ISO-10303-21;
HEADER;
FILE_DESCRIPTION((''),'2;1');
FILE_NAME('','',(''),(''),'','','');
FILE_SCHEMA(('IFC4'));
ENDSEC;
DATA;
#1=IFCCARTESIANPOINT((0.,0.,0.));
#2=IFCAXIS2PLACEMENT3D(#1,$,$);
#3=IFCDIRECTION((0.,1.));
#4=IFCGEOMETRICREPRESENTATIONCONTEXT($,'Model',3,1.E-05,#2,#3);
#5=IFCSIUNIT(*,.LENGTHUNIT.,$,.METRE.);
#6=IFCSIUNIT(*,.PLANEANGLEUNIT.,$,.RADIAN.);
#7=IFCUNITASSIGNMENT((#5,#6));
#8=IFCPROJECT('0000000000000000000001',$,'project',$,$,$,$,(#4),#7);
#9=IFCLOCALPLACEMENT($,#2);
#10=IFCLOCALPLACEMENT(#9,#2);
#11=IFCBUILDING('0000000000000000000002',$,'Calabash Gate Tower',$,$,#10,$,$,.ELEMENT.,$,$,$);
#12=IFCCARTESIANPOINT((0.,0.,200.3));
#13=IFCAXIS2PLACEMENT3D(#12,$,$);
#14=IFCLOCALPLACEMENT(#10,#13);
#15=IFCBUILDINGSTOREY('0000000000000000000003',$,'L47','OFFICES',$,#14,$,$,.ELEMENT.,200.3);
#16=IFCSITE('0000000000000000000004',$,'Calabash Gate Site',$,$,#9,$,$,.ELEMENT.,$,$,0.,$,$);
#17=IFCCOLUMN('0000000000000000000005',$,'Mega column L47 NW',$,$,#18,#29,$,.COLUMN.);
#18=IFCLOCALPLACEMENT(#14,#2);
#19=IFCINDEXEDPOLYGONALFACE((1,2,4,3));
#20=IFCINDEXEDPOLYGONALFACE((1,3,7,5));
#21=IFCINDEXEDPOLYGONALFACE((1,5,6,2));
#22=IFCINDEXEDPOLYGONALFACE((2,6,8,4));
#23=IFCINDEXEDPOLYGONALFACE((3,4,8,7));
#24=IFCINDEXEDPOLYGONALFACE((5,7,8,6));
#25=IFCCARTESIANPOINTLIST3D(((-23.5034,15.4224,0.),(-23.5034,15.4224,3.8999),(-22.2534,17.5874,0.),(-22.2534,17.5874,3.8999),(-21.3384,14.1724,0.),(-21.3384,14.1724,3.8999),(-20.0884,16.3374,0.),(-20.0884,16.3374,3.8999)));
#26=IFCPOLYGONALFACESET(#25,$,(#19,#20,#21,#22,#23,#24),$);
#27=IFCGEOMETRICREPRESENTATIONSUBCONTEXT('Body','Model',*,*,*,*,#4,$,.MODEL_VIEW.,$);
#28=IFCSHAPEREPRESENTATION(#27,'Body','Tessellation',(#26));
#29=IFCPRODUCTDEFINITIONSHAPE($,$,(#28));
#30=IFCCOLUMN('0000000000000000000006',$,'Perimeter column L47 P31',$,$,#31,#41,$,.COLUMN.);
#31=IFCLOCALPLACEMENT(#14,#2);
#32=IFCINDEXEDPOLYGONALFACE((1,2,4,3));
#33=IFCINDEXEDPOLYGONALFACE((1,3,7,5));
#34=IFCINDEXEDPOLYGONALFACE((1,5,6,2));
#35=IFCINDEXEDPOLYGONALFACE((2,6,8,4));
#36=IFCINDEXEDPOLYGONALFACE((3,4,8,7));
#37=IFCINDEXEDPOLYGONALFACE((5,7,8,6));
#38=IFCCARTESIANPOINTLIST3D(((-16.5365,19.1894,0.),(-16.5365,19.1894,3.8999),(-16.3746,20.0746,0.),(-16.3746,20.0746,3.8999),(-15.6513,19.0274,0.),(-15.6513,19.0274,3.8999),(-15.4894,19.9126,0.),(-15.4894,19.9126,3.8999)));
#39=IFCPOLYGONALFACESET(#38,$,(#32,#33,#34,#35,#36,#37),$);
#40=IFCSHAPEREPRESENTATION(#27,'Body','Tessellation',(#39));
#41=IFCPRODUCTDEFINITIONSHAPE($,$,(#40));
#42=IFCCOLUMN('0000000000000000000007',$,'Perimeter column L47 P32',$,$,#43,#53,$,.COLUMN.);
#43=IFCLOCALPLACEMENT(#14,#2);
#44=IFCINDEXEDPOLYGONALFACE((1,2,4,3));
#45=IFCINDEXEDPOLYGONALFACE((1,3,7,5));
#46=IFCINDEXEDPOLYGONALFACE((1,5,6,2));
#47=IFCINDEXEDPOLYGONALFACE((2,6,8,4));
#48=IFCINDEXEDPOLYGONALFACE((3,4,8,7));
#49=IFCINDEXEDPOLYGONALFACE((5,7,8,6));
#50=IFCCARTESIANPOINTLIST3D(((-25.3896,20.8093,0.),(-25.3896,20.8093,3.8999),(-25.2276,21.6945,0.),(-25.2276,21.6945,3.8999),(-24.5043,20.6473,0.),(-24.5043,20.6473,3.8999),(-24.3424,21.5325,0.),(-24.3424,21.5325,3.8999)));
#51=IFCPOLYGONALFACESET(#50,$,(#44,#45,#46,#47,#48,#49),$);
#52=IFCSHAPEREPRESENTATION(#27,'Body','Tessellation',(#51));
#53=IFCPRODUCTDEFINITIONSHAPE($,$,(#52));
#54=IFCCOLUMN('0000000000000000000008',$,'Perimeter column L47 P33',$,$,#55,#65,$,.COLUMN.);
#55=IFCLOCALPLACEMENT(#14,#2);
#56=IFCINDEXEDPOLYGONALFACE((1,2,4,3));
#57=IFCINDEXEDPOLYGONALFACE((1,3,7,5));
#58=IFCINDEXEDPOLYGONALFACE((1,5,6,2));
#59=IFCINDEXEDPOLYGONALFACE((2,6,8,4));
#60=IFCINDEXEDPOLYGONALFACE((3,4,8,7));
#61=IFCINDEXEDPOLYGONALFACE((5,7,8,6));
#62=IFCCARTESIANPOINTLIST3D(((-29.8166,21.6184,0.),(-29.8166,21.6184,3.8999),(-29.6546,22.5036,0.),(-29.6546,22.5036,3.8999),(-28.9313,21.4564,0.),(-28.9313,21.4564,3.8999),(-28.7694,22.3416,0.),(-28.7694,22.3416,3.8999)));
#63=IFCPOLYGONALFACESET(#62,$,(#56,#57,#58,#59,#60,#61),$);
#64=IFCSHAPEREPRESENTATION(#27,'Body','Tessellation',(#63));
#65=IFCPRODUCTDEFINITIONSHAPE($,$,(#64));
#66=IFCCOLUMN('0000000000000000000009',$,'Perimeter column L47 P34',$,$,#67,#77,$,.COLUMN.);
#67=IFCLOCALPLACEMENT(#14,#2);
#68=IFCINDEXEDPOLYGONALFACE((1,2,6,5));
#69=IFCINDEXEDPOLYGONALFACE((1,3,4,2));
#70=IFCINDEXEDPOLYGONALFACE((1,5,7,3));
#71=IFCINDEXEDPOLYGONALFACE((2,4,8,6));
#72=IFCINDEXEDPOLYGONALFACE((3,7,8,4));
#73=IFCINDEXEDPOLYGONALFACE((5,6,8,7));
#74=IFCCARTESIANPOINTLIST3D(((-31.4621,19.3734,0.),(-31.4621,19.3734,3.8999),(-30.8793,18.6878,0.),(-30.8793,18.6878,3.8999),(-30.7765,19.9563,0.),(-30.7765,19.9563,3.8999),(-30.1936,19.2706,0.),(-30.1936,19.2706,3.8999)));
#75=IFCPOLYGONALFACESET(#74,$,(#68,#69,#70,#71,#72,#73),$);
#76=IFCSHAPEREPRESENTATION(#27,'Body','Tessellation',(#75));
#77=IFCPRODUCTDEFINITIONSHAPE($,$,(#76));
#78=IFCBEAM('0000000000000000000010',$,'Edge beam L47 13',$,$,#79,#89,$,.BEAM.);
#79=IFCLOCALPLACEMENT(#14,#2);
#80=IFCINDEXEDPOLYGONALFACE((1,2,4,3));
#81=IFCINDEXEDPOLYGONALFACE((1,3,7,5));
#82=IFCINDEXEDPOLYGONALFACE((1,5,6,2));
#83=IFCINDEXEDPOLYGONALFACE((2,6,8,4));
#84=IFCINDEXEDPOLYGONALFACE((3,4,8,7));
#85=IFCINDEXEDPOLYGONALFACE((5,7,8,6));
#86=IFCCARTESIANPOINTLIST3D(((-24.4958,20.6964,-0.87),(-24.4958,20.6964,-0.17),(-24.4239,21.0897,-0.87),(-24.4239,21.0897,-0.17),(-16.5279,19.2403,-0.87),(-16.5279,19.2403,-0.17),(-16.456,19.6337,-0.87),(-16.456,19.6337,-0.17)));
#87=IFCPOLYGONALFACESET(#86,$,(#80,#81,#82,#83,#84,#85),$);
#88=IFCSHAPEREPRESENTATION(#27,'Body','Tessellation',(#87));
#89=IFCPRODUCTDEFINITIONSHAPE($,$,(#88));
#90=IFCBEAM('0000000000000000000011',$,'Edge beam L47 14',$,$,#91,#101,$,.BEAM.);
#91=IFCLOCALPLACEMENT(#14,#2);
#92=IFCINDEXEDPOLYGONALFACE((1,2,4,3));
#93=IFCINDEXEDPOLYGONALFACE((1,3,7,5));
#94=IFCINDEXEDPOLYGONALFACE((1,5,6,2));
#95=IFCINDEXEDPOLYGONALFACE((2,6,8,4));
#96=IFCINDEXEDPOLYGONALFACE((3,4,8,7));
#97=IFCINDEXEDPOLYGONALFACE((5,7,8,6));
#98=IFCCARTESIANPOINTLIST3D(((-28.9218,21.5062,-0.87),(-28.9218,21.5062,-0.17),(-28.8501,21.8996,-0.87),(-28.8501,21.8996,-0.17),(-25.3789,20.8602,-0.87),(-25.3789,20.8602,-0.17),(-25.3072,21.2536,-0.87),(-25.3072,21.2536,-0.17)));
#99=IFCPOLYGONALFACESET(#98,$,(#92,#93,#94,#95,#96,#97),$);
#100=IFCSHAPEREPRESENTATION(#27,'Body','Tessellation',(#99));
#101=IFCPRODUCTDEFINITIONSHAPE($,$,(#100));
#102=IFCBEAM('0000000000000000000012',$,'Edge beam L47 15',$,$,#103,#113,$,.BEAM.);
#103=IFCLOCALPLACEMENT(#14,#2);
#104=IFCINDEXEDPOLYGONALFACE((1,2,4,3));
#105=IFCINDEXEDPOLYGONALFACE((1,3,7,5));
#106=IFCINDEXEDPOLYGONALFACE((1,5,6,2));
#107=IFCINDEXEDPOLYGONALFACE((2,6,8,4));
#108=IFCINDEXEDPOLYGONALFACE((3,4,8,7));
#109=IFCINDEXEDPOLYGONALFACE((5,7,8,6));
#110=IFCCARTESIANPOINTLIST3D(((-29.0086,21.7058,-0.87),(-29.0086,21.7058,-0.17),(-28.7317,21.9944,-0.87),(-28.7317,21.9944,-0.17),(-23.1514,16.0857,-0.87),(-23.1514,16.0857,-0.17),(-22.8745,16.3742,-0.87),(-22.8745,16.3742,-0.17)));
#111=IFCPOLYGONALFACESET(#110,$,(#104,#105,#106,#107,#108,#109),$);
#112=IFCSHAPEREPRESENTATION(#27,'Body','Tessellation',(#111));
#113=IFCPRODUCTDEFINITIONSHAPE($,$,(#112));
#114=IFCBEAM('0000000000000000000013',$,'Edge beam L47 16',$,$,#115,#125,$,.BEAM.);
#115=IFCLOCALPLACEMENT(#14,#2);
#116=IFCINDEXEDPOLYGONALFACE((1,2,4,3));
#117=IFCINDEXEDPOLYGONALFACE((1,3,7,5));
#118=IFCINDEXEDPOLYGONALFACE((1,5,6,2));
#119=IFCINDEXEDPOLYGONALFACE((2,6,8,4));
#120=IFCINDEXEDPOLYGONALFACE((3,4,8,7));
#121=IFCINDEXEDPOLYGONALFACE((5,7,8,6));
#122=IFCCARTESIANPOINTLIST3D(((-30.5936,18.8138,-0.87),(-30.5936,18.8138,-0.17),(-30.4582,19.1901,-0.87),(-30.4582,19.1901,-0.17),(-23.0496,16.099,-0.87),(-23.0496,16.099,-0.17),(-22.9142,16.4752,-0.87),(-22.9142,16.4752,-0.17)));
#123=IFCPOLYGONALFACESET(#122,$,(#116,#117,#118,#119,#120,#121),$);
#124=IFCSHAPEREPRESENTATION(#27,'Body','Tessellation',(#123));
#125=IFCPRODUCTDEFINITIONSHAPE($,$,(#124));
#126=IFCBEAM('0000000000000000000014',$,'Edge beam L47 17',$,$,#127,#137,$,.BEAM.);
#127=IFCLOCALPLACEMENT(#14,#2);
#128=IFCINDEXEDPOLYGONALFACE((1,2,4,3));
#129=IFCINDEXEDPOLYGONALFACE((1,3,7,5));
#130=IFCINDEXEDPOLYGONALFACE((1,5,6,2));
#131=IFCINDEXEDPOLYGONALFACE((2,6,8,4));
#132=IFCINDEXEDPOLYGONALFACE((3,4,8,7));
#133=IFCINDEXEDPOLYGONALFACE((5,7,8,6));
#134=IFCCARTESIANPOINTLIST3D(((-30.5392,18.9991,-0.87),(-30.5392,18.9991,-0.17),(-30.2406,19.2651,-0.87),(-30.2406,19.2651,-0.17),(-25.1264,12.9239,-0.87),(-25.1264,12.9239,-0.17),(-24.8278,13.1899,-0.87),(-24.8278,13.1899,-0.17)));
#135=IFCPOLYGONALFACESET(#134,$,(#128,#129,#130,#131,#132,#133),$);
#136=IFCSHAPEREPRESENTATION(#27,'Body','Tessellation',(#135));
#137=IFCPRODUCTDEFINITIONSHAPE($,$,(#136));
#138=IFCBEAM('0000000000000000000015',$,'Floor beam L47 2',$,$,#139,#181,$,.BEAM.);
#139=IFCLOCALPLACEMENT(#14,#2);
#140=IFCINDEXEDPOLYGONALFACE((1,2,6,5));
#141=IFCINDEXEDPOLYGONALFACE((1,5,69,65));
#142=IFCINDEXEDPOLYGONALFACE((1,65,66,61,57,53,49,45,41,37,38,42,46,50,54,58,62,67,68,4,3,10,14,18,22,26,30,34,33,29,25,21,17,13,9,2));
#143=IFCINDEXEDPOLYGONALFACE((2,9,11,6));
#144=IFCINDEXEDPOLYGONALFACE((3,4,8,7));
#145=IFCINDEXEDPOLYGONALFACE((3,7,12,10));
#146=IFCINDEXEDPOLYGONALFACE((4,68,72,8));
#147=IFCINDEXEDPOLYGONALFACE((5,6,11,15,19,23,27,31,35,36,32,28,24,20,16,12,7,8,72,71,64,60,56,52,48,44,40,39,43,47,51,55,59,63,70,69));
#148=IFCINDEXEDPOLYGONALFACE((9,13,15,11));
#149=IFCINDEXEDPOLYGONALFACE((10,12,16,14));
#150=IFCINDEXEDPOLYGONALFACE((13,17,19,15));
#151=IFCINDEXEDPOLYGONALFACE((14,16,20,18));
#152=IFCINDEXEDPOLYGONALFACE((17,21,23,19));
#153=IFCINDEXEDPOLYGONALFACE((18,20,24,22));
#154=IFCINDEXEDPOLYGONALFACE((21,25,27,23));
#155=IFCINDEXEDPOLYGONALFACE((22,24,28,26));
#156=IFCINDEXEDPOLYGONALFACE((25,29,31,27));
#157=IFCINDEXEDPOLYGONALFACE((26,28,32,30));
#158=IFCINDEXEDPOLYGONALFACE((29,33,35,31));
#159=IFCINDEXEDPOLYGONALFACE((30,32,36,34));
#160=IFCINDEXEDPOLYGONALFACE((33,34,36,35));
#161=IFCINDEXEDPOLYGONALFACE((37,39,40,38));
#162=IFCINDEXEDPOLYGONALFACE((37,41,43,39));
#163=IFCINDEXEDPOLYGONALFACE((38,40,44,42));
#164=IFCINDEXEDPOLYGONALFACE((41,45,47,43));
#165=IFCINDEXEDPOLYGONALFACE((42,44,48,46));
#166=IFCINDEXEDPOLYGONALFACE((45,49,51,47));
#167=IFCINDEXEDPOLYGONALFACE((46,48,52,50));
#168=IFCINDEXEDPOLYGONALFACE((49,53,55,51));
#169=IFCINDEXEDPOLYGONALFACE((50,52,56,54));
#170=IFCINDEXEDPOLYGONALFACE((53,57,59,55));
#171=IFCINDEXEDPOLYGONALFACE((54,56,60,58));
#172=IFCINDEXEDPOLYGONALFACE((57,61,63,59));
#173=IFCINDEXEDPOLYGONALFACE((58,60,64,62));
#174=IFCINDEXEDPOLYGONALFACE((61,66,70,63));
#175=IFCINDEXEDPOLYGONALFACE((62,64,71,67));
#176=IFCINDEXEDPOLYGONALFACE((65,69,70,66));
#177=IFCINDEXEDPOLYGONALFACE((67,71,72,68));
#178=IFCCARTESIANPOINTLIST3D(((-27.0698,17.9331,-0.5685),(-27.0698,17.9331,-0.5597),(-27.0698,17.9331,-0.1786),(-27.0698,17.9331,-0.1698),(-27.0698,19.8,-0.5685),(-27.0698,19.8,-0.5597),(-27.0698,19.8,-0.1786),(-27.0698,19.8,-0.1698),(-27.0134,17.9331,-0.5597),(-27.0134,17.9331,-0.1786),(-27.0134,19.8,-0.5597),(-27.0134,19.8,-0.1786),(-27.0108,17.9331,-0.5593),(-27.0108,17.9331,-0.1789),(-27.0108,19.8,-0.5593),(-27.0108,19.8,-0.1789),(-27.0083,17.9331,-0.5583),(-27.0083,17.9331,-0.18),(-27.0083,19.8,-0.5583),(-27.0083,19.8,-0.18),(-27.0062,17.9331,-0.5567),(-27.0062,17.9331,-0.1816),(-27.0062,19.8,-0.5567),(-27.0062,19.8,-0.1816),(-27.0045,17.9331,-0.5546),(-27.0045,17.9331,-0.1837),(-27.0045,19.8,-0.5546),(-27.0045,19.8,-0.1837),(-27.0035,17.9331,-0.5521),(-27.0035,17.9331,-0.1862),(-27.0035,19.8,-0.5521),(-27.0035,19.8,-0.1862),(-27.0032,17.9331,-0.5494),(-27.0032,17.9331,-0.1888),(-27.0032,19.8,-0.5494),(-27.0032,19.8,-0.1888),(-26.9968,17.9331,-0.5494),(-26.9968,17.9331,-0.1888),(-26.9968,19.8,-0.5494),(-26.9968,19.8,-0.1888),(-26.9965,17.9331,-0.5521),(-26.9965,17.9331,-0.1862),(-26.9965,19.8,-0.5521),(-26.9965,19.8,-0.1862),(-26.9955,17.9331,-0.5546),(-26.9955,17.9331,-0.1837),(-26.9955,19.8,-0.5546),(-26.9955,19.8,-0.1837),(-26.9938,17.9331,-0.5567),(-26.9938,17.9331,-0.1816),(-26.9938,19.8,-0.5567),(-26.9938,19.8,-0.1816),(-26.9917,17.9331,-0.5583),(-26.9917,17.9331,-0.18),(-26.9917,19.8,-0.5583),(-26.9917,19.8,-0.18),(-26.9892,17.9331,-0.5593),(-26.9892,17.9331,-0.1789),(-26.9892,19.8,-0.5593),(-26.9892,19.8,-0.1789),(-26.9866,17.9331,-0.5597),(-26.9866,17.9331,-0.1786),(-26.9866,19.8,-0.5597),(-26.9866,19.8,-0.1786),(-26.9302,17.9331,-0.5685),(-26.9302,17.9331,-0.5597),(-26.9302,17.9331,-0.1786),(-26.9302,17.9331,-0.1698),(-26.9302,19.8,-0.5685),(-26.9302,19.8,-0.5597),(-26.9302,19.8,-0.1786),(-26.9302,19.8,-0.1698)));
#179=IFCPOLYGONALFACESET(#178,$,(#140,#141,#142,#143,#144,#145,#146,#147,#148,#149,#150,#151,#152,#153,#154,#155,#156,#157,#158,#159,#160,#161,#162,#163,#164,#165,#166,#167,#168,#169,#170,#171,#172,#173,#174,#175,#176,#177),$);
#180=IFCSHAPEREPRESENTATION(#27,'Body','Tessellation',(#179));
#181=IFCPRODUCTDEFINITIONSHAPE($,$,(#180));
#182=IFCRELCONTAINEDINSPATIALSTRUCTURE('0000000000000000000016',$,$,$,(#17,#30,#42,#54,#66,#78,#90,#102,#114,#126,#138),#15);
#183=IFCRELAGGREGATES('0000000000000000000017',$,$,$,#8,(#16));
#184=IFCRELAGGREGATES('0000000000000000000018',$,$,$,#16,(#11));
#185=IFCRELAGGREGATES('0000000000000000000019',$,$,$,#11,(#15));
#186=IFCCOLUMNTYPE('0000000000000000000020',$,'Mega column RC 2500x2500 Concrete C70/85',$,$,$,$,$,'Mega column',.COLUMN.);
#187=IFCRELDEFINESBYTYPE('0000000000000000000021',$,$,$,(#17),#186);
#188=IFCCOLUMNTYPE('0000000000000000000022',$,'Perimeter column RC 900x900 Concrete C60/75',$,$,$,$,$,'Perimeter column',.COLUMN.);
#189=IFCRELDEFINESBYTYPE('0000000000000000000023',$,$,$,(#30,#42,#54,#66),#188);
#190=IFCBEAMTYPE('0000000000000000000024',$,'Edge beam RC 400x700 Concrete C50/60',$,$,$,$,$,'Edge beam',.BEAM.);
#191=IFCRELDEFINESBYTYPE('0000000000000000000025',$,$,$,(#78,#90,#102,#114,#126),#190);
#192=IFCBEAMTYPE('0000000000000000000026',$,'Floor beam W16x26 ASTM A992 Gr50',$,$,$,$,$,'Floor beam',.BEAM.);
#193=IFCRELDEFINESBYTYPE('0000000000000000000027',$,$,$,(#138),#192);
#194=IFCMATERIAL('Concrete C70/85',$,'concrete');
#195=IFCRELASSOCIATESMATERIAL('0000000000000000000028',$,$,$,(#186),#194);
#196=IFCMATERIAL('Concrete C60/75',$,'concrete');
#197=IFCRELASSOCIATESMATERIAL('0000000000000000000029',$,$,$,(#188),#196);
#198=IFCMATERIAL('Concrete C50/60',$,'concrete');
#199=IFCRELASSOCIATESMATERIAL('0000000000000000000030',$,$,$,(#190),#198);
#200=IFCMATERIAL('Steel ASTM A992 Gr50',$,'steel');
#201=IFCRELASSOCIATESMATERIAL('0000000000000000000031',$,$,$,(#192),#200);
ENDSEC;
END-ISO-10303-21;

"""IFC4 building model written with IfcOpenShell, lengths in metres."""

from ifc_helpers import new_model, si_unit, direction, frame, origin, origin_2d, place, context, subcontext, project, spatial, rectangle, i_section, extrude, material, material_profile, profile_set, type_object, element, save


model = new_model("IFC4")

# Units and contexts
model_context = context("Model", 3, precision=1e-05, world=origin(), true_north=direction((0.0, 1.0)))
body_context = subcontext(model_context, "Body", "Model", "MODEL_VIEW")
ifc_project = project(units=[si_unit("LENGTHUNIT", "METRE"), si_unit("PLANEANGLEUNIT", "RADIAN")], contexts=[model_context])

# Site, building, storey
site_placement = place(None, origin())
site = spatial("IfcSite", under=ifc_project, at=site_placement, Name="Calabash Gate Site", CompositionType="ELEMENT", RefElevation=0.0)
building_placement = place(site_placement, origin())
building = spatial("IfcBuilding", under=site, at=building_placement, Name="Calabash Gate Tower", CompositionType="ELEMENT")
storey_placement = place(building_placement, frame((0.0, 0.0, 200.3)))
storey = spatial("IfcBuildingStorey", under=building, at=storey_placement, Name="L47", Description="OFFICES", CompositionType="ELEMENT", Elevation=200.3)

# Columns
ifc_material_1 = material(Name="Concrete C70/85", Category="concrete")
ifc_material_profile_1 = material_profile(ifc_material_1, rectangle(XDim=2.5, YDim=2.5, at=origin_2d()))
ifc_profile_set_1 = profile_set([ifc_material_profile_1], Name="Concrete C70/85")
column_type_1 = type_object("IfcColumnType", Name="Mega column RC 2500x2500 Concrete C70/85", ElementType="Mega column", PredefinedType="COLUMN", material=ifc_profile_set_1)
column_placement = place(storey_placement, frame((-21.7959, 15.8799, 0.0), z_axis=(0.0, 0.0, 1.0), x_axis=(0.866025, -0.5, 0.0)))
element("IfcColumn", 1, at=column_placement, inside=storey, type_object=column_type_1, Name="Mega column L47 NW", PredefinedType="COLUMN", context=body_context, shape_type="SweptSolid", body=[
    extrude(rectangle(XDim=2.5, YDim=2.5, at=origin_2d()), origin(), (0.0, 0.0, 1.0), 3.8999),
])
ifc_material_2 = material(Name="Concrete C60/75", Category="concrete")
ifc_material_profile_2 = material_profile(ifc_material_2, rectangle(XDim=0.8999, YDim=0.8999, at=origin_2d()))
ifc_profile_set_2 = profile_set([ifc_material_profile_2], Name="Concrete C60/75")
column_type_2 = type_object("IfcColumnType", Name="Perimeter column RC 900x900 Concrete C60/75", ElementType="Perimeter column", PredefinedType="COLUMN", material=ifc_profile_set_2)
for number, where, z_axis, x_axis, name in (
    (2, (-16.0129, 19.551, 0.0), (0.0, 0.0, 1.0), (-0.98367, 0.179982, 0.0), "Perimeter column L47 P31"),
    (3, (-24.866, 21.1709, 0.0), (0.0, 0.0, 1.0), (-0.98367, 0.179982, 0.0), "Perimeter column L47 P32"),
    (4, (-29.293, 21.98, 0.0), (0.0, 0.0, 1.0), (-0.98367, 0.179982, 0.0), "Perimeter column L47 P33"),
    (5, (-30.8279, 19.322, 0.0), (0.0, 0.0, 1.0), (0.647704, -0.761892, 0.0), "Perimeter column L47 P34"),
):
    element("IfcColumn", number, at=place(storey_placement, frame(where, z_axis=z_axis, x_axis=x_axis)), inside=storey, type_object=column_type_2, Name=name, PredefinedType="COLUMN", context=body_context, shape_type="SweptSolid", body=[
        extrude(rectangle(XDim=0.8999, YDim=0.8999, at=origin_2d()), origin(), (0.0, 0.0, 1.0), 3.8999),
    ])

# Beams
ifc_material_3 = material(Name="Concrete C50/60", Category="concrete")
ifc_material_profile_3 = material_profile(ifc_material_3, rectangle(XDim=0.3999, YDim=0.7, at=origin_2d()))
ifc_profile_set_3 = profile_set([ifc_material_profile_3], Name="Concrete C50/60")
beam_type_1 = type_object("IfcBeamType", Name="Edge beam RC 400x700 Concrete C50/60", ElementType="Edge beam", PredefinedType="BEAM", material=ifc_profile_set_3)
beam_1_placement = place(storey_placement, frame((-16.4919, 19.437, -0.52), z_axis=(-0.98371, 0.179761, 0.0), x_axis=(-0.179761, -0.98371, 0.0)))
element("IfcBeam", 6, at=beam_1_placement, inside=storey, type_object=beam_type_1, Name="Edge beam L47 13", PredefinedType="BEAM", context=body_context, shape_type="SweptSolid", body=[
    extrude(rectangle(XDim=0.3999, YDim=0.7, at=origin_2d()), origin(), (0.0, 0.0, 1.0), 8.0999),
])
beam_2_placement = place(storey_placement, frame((-25.343, 21.0569, -0.52), z_axis=(-0.983781, 0.179375, 0.0), x_axis=(-0.179375, -0.983781, 0.0)))
element("IfcBeam", 7, at=beam_2_placement, inside=storey, type_object=beam_type_1, Name="Edge beam L47 14", PredefinedType="BEAM", context=body_context, shape_type="SweptSolid", body=[
    extrude(rectangle(XDim=0.3999, YDim=0.7, at=origin_2d()), origin(), (0.0, 0.0, 1.0), 3.6013),
])
beam_3_placement = place(storey_placement, frame((-28.8701, 21.8501, -0.52), z_axis=(0.721558, -0.692354, 0.0), x_axis=(0.692354, 0.721558, 0.0)))
element("IfcBeam", 8, at=beam_3_placement, inside=storey, type_object=beam_type_1, Name="Edge beam L47 15", PredefinedType="BEAM", context=body_context, shape_type="SweptSolid", body=[
    extrude(rectangle(XDim=0.3999, YDim=0.7, at=origin_2d()), origin(), (0.0, 0.0, 1.0), 8.1174),
])
beam_4_placement = place(storey_placement, frame((-22.9819, 16.2871, -0.52), z_axis=(-0.940926, 0.338612, 0.0), x_axis=(-0.338612, -0.940926, 0.0)))
element("IfcBeam", 9, at=beam_4_placement, inside=storey, type_object=beam_type_1, Name="Edge beam L47 16", PredefinedType="BEAM", context=body_context, shape_type="SweptSolid", body=[
    extrude(rectangle(XDim=0.3999, YDim=0.7, at=origin_2d()), origin(), (0.0, 0.0, 1.0), 8.0176),
])
beam_5_placement = place(storey_placement, frame((-30.3899, 19.1321, -0.52), z_axis=(0.665233, -0.746636, 0.0), x_axis=(0.746636, 0.665233, 0.0)))
element("IfcBeam", 10, at=beam_5_placement, inside=storey, type_object=beam_type_1, Name="Edge beam L47 17", PredefinedType="BEAM", context=body_context, shape_type="SweptSolid", body=[
    extrude(rectangle(XDim=0.3999, YDim=0.7, at=origin_2d()), origin(), (0.0, 0.0, 1.0), 8.1367),
])
ifc_material_4 = material(Name="Steel ASTM A992 Gr50", Category="steel")
ifc_material_profile_4 = material_profile(ifc_material_4, i_section(OverallWidth=0.1396, OverallDepth=0.3987, WebThickness=0.0063, FlangeThickness=0.0088, FilletRadius=0.0103, at=origin_2d()))
ifc_profile_set_4 = profile_set([ifc_material_profile_4], Name="Steel ASTM A992 Gr50")
beam_type_2 = type_object("IfcBeamType", Name="Floor beam W16x26 ASTM A992 Gr50", ElementType="Floor beam", PredefinedType="BEAM", material=ifc_profile_set_4)
beam_6_placement = place(storey_placement, frame((-27.0, 17.9331, -0.3691), z_axis=(0.0, 1.0, 0.0), x_axis=(-1.0, 0.0, 0.0)))
element("IfcBeam", 11, at=beam_6_placement, inside=storey, type_object=beam_type_2, Name="Floor beam L47 2", PredefinedType="BEAM", context=body_context, shape_type="SweptSolid", body=[
    extrude(i_section(OverallWidth=0.1396, OverallDepth=0.3987, WebThickness=0.0063, FlangeThickness=0.0088, FilletRadius=0.0103, at=origin_2d()), origin(), (0.0, 0.0, 1.0), 1.8669),
])

save(model, "model.ifc")
